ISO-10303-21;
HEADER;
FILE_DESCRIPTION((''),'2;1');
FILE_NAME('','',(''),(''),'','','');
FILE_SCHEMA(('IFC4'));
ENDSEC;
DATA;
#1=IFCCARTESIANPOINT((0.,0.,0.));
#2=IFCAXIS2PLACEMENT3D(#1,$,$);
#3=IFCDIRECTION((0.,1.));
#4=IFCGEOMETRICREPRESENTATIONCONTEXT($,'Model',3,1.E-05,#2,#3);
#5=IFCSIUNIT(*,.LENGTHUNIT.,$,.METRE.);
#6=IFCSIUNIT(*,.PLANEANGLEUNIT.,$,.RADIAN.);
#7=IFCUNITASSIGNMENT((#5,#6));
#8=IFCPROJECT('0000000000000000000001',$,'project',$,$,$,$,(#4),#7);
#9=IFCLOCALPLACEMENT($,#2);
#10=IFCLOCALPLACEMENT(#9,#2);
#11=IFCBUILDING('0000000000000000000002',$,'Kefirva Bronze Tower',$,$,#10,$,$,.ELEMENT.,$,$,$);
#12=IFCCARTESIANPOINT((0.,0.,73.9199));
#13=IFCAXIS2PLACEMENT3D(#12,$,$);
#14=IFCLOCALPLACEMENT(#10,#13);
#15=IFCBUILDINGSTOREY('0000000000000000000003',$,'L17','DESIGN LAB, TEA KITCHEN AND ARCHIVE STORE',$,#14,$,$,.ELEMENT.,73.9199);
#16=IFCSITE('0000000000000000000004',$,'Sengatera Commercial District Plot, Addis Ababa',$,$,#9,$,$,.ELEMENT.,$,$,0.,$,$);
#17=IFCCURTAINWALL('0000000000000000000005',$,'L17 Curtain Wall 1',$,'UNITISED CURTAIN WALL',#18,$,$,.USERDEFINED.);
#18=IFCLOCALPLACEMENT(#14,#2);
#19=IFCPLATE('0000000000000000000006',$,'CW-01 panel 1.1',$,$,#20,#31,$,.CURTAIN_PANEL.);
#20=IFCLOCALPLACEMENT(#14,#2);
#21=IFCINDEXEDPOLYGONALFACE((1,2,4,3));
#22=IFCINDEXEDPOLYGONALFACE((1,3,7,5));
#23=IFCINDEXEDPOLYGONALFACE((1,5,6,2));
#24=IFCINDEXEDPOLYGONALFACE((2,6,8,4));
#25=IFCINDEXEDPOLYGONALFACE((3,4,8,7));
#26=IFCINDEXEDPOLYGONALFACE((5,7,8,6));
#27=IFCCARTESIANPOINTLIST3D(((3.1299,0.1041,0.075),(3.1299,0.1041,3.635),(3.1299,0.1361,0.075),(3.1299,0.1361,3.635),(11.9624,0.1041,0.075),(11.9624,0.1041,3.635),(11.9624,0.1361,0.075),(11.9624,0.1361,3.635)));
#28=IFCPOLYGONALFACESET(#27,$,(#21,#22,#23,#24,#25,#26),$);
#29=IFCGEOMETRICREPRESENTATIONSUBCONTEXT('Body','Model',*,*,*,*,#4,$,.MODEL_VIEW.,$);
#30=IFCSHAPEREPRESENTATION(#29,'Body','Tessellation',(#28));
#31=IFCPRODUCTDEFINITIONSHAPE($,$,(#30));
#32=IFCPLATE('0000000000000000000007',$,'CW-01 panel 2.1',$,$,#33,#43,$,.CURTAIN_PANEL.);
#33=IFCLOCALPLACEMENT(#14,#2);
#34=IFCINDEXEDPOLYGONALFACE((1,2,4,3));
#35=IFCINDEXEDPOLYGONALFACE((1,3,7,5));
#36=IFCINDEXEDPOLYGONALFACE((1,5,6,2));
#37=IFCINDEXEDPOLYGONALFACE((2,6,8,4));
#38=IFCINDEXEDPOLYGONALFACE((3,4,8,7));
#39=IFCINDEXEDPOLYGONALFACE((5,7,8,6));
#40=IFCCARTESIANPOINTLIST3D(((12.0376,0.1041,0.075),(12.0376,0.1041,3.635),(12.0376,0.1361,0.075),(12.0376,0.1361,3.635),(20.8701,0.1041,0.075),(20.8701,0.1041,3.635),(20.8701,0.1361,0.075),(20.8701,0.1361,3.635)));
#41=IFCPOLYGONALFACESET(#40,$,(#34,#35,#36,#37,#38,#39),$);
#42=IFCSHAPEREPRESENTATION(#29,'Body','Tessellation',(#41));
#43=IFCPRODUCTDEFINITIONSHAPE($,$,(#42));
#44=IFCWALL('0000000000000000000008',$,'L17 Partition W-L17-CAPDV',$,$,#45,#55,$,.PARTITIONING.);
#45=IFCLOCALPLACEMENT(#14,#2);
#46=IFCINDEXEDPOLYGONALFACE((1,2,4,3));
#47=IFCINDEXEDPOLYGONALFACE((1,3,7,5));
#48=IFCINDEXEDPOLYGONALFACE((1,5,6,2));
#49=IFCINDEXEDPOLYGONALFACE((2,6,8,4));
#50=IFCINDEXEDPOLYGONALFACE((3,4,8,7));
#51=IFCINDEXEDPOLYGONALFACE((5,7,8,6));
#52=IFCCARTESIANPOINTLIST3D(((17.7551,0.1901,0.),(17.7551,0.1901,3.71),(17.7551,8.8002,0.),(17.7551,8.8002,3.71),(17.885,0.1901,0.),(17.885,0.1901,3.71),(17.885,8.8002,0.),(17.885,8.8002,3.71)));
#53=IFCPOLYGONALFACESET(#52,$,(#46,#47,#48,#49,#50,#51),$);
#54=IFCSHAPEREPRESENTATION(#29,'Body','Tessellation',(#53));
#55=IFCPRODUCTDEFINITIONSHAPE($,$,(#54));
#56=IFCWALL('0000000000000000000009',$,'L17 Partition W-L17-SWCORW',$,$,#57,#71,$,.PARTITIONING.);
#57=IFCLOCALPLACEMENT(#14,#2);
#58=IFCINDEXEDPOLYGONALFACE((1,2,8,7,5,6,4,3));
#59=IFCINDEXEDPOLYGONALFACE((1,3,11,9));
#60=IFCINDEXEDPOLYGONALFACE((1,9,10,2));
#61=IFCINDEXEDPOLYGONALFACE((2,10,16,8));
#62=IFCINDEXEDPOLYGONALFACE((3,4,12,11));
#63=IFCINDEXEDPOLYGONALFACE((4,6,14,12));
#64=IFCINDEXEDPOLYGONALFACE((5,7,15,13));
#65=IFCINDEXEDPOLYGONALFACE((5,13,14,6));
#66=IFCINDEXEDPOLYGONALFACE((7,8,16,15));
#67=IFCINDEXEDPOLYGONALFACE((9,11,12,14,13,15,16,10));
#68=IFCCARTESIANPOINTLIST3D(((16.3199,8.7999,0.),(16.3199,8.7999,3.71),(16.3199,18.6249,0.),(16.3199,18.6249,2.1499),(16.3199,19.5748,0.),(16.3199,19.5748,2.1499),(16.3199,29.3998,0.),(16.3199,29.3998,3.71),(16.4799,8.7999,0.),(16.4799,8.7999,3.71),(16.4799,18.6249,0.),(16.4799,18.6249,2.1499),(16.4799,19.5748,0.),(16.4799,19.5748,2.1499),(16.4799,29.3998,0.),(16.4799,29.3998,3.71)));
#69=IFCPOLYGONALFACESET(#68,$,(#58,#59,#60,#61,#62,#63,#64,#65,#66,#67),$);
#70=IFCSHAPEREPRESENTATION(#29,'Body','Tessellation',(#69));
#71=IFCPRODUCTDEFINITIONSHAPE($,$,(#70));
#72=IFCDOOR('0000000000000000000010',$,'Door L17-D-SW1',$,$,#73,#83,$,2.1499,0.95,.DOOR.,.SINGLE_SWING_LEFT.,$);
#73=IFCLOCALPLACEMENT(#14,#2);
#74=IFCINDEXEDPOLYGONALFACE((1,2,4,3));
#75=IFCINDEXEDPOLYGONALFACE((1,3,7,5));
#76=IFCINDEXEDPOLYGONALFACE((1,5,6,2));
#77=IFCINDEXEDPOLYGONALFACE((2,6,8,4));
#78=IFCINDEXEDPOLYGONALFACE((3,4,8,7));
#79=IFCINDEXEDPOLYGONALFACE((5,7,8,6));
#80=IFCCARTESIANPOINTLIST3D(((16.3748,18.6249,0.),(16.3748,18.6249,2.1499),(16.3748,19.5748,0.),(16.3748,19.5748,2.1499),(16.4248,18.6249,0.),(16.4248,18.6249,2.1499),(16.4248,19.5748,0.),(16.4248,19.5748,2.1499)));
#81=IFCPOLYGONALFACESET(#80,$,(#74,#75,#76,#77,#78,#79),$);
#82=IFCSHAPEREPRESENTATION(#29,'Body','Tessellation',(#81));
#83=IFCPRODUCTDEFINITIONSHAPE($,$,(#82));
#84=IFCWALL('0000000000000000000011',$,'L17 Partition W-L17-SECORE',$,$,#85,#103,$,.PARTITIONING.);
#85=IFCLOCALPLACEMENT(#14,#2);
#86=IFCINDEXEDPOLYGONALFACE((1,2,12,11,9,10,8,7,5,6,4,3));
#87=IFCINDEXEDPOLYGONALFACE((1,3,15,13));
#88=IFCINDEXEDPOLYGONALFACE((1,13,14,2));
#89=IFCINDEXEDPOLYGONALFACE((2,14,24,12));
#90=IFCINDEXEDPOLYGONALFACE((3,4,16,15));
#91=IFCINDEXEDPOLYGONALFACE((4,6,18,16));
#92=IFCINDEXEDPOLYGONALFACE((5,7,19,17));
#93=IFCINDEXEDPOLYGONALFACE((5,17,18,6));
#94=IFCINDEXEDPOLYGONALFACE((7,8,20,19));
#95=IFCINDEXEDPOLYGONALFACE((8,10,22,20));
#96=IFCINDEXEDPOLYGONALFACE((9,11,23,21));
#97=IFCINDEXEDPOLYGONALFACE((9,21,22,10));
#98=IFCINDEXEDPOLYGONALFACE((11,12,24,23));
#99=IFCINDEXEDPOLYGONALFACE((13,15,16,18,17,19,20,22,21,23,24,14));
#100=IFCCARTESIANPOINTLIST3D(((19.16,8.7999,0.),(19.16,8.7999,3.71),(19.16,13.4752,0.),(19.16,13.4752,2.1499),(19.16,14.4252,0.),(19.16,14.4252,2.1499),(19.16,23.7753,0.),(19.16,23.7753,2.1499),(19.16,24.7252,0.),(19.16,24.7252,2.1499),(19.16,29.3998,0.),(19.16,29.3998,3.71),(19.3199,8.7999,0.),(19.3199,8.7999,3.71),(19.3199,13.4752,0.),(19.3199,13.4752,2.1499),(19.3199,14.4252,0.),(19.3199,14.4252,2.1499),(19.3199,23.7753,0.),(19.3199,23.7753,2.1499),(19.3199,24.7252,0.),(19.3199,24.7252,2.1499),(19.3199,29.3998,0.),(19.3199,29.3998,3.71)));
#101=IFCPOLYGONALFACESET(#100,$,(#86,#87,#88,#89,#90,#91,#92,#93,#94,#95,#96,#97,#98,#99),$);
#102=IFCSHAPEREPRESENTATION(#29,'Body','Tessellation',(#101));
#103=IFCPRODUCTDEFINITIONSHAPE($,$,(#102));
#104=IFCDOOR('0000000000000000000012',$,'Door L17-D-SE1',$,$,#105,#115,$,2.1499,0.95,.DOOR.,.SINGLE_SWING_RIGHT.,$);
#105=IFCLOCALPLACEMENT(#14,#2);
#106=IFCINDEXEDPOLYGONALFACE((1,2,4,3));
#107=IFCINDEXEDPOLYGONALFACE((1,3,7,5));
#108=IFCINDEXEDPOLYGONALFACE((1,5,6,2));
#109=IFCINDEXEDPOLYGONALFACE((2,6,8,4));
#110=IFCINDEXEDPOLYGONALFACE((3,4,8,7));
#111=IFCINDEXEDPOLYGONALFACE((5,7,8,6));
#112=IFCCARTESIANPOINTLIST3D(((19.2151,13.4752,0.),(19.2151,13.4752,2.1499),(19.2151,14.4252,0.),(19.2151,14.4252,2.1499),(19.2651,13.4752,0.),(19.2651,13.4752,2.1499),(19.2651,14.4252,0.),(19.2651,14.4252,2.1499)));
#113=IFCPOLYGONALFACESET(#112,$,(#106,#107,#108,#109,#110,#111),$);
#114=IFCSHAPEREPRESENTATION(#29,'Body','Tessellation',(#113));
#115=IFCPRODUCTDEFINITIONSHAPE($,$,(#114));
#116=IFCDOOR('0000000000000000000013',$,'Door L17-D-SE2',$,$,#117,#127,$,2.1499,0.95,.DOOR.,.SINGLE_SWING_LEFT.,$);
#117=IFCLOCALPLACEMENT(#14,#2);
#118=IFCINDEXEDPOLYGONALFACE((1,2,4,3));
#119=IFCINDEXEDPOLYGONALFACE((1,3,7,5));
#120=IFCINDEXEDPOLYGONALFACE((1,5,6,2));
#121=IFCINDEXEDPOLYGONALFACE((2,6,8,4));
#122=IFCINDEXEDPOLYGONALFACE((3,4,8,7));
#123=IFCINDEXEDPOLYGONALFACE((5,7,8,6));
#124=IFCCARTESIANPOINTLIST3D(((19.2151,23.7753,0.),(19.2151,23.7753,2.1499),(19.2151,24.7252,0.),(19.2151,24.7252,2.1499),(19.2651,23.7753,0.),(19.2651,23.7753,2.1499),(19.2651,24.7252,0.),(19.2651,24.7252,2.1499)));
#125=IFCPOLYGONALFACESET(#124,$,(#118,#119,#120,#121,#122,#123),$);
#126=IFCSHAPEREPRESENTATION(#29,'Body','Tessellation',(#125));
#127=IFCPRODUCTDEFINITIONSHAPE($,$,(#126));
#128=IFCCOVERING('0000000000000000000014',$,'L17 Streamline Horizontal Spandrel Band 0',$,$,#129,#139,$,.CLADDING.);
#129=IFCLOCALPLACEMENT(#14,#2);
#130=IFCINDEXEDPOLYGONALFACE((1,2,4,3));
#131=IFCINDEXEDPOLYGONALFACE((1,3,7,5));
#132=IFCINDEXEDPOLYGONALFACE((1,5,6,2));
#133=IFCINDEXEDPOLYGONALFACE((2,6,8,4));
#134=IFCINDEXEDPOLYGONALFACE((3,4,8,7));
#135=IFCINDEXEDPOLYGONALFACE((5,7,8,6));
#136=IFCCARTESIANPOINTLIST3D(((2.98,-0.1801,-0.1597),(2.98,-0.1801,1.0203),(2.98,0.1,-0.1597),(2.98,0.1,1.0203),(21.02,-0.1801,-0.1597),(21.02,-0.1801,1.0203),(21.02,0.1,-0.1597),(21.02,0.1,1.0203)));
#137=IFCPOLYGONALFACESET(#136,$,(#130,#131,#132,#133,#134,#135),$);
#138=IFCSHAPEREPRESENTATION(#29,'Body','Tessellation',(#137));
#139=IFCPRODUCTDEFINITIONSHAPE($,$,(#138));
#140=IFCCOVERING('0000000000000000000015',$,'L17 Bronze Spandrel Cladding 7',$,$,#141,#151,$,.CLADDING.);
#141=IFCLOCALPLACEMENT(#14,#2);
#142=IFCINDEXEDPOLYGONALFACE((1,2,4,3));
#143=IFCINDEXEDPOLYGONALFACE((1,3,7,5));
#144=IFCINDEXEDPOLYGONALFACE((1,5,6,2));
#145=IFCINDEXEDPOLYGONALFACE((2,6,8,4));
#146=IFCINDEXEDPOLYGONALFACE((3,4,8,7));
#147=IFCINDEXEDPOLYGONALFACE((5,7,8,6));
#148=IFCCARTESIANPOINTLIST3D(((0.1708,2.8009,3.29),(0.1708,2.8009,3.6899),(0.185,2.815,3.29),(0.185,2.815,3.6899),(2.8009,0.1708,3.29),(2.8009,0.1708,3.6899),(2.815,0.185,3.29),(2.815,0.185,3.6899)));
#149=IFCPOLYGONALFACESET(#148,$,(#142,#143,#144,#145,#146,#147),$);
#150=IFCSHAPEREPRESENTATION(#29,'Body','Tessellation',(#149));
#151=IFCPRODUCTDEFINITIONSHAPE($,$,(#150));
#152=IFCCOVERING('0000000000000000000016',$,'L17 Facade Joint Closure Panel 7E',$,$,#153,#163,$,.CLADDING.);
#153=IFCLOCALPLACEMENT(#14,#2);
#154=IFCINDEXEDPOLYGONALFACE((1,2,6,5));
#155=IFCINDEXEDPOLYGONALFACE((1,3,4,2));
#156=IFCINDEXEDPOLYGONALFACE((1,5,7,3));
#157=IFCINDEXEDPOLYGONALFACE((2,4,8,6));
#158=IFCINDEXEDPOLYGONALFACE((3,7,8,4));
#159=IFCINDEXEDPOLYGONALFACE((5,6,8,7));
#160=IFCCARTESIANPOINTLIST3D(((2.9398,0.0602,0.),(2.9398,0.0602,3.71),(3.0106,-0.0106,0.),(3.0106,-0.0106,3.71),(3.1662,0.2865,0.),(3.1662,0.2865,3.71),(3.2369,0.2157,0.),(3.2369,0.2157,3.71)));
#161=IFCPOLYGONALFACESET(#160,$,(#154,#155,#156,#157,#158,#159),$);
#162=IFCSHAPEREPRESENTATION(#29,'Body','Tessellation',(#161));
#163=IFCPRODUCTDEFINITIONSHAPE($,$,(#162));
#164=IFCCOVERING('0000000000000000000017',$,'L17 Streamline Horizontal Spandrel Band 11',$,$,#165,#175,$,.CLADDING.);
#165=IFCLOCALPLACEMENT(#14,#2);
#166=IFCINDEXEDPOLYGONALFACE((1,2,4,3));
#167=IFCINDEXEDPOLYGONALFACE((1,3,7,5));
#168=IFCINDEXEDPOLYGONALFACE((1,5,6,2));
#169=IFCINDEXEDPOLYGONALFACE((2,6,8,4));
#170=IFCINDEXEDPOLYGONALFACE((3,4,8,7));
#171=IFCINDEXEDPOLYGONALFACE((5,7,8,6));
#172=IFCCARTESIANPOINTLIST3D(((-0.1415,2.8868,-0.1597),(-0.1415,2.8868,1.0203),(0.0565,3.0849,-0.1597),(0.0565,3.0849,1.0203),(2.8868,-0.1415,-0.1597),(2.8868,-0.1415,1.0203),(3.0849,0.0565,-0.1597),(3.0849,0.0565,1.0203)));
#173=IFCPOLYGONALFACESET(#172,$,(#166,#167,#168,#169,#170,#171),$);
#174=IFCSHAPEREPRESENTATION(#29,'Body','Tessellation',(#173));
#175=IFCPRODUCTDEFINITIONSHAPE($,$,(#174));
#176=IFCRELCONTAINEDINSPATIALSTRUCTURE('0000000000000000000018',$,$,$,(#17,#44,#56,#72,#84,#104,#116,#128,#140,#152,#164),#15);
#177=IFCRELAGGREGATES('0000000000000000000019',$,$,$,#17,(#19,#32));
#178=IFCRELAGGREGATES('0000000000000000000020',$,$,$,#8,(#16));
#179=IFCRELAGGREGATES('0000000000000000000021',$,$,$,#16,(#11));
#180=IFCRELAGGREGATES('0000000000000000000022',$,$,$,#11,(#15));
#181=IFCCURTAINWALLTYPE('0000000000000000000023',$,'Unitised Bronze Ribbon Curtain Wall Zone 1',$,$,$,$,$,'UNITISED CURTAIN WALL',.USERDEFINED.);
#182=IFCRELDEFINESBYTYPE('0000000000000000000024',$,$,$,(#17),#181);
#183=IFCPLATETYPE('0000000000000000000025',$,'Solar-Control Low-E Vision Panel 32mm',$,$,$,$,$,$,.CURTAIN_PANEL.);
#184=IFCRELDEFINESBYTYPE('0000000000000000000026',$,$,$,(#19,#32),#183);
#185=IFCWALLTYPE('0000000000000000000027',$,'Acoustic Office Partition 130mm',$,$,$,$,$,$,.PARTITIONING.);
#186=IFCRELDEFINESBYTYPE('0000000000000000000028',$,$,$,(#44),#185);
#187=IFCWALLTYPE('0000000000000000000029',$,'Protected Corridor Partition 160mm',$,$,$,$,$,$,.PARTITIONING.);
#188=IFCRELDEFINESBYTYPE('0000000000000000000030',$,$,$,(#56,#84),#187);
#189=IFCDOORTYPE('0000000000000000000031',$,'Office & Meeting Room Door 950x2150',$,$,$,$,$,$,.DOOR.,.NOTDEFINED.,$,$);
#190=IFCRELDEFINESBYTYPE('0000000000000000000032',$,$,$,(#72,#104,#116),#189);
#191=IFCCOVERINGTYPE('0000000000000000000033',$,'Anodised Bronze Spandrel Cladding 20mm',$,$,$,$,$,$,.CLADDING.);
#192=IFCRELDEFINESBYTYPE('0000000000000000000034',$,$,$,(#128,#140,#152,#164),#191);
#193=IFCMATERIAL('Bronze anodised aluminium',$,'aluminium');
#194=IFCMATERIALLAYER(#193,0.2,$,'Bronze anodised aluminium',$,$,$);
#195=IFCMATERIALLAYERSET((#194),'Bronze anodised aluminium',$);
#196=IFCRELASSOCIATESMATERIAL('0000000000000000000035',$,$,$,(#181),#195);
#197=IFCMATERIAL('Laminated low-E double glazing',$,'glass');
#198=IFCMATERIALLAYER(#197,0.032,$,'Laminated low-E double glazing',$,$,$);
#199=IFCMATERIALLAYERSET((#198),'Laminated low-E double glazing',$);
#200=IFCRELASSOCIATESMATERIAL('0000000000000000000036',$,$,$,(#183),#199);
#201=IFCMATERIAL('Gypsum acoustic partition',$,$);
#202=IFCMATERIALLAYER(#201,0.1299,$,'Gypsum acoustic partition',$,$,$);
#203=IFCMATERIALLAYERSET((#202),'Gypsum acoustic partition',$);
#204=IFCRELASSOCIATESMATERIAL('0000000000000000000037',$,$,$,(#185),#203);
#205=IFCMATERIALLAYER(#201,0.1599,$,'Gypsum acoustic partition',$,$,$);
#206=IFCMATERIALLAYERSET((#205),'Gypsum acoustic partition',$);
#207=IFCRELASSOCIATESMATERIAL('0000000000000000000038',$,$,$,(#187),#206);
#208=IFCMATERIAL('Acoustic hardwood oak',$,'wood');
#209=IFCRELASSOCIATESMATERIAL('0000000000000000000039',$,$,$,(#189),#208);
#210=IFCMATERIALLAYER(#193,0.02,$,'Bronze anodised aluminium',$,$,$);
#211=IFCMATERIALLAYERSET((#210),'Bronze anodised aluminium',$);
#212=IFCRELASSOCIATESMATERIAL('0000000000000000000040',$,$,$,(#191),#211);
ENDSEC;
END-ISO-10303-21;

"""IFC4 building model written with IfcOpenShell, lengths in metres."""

from ifc_helpers import new_model, si_unit, direction, frame, frame_2d, origin, origin_2d, place, context, subcontext, project, spatial, rectangle, extrude, material, layer, layer_set, type_object, element, fill, aggregate, save


model = new_model("IFC4")

# Units and contexts
model_context = context("Model", 3, precision=1e-05, world=origin(), true_north=direction((0.0, 1.0)))
body_context = subcontext(model_context, "Body", "Model", "MODEL_VIEW")
ifc_project = project(units=[si_unit("LENGTHUNIT", "METRE"), si_unit("PLANEANGLEUNIT", "RADIAN")], contexts=[model_context])

# Site, building, storey
site_placement = place(None, origin())
site = spatial("IfcSite", under=ifc_project, at=site_placement, Name="Sengatera Commercial District Plot, Addis Ababa", CompositionType="ELEMENT", RefElevation=0.0)
building_placement = place(site_placement, origin())
building = spatial("IfcBuilding", under=site, at=building_placement, Name="Kefirva Bronze Tower", CompositionType="ELEMENT")
storey_placement = place(building_placement, frame((0.0, 0.0, 73.9199)))
storey = spatial("IfcBuildingStorey", under=building, at=storey_placement, Name="L17", Description="DESIGN LAB, TEA KITCHEN AND ARCHIVE STORE", CompositionType="ELEMENT", Elevation=73.9199)

# Curtain wall
ifc_material_1 = material(Name="Bronze anodised aluminium", Category="aluminium")
ifc_layer_1 = layer(ifc_material_1, 0.2, Name="Bronze anodised aluminium")
ifc_layer_set_1 = layer_set([ifc_layer_1], Name="Bronze anodised aluminium")
curtain_wall_type = type_object("IfcCurtainWallType", Name="Unitised Bronze Ribbon Curtain Wall Zone 1", ElementType="UNITISED CURTAIN WALL", PredefinedType="USERDEFINED", material=ifc_layer_set_1)
curtain_wall_placement = place(storey_placement, origin())
curtain_wall = element("IfcCurtainWall", 1, at=curtain_wall_placement, inside=storey, type_object=curtain_wall_type, Name="L17 Curtain Wall 1", ObjectType="UNITISED CURTAIN WALL", PredefinedType="USERDEFINED")

# Plates
ifc_material_2 = material(Name="Laminated low-E double glazing", Category="glass")
ifc_layer_2 = layer(ifc_material_2, 0.032, Name="Laminated low-E double glazing")
ifc_layer_set_2 = layer_set([ifc_layer_2], Name="Laminated low-E double glazing")
plate_type = type_object("IfcPlateType", Name="Solar-Control Low-E Vision Panel 32mm", PredefinedType="CURTAIN_PANEL", material=ifc_layer_set_2)
plate_1_placement = place(storey_placement, frame((7.5461, 0.1201, 0.075), z_axis=(0.0, 0.0, 1.0), x_axis=(1.0, 0.0, 0.0)))
plate_1 = element("IfcPlate", 2, at=plate_1_placement, type_object=plate_type, Name="CW-01 panel 1.1", PredefinedType="CURTAIN_PANEL", context=body_context, shape_type="SweptSolid", body=[
    extrude(rectangle(XDim=8.8325, YDim=0.032, at=origin_2d()), origin(), (0.0, 0.0, 1.0), 3.5601),
])
plate_2_placement = place(storey_placement, frame((16.4539, 0.1201, 0.075), z_axis=(0.0, 0.0, 1.0), x_axis=(1.0, 0.0, 0.0)))
plate_2 = element("IfcPlate", 3, at=plate_2_placement, type_object=plate_type, Name="CW-01 panel 2.1", PredefinedType="CURTAIN_PANEL", context=body_context, shape_type="SweptSolid", body=[
    extrude(rectangle(XDim=8.8325, YDim=0.032, at=origin_2d()), origin(), (0.0, 0.0, 1.0), 3.5601),
])
aggregate(curtain_wall, [plate_1, plate_2])

# Wall
ifc_material_3 = material(Name="Gypsum acoustic partition")
ifc_layer_3 = layer(ifc_material_3, 0.1299, Name="Gypsum acoustic partition")
ifc_layer_set_3 = layer_set([ifc_layer_3], Name="Gypsum acoustic partition")
wall_type_1 = type_object("IfcWallType", Name="Acoustic Office Partition 130mm", PredefinedType="PARTITIONING", material=ifc_layer_set_3)
wall_1_placement = place(storey_placement, frame((17.8201, 0.1899, 0.0), z_axis=(0.0, 0.0, 1.0), x_axis=(0.0, 1.0, 0.0)))
element("IfcWall", 4, at=wall_1_placement, inside=storey, type_object=wall_type_1, Name="L17 Partition W-L17-CAPDV", PredefinedType="PARTITIONING", context=body_context, shape_type="SweptSolid", body=[
    extrude(rectangle(XDim=8.6101, YDim=0.1299, at=frame_2d((4.3052, 0.0))), origin(), (0.0, 0.0, 1.0), 3.71),
])

# Wall, opening, door
ifc_layer_4 = layer(ifc_material_3, 0.1599, Name="Gypsum acoustic partition")
ifc_layer_set_4 = layer_set([ifc_layer_4], Name="Gypsum acoustic partition")
wall_type_2 = type_object("IfcWallType", Name="Protected Corridor Partition 160mm", PredefinedType="PARTITIONING", material=ifc_layer_set_4)
wall_2_placement = place(storey_placement, frame((16.3999, 8.8, 0.0), z_axis=(0.0, 0.0, 1.0), x_axis=(0.0, 1.0, 0.0)))
wall_2 = element("IfcWall", 5, at=wall_2_placement, inside=storey, type_object=wall_type_2, Name="L17 Partition W-L17-SWCORW", PredefinedType="PARTITIONING", context=body_context, shape_type="SweptSolid", body=[
    extrude(rectangle(XDim=20.5999, YDim=0.1599, at=frame_2d((10.2998, 0.0))), origin(), (0.0, 0.0, 1.0), 3.71),
])
opening_1_placement = place(wall_2_placement, frame((10.7749, 0.0, 0.0), z_axis=(0.0, 0.0, 1.0), x_axis=(-1.0, 0.0, 0.0)))
opening_1 = element("IfcOpeningElement", 6, at=opening_1_placement, cuts=wall_2, PredefinedType="OPENING", context=body_context, shape_type="SweptSolid", body=[
    extrude(rectangle(XDim=0.95, YDim=2.1499, at=frame_2d((0.4751, 1.075))), frame((0.0, 0.0898, 0.0), z_axis=(0.0, -1.0, 0.0), x_axis=(1.0, 0.0, 0.0)), (0.0, 0.0, 1.0), 0.1799),
])
ifc_material_4 = material(Name="Acoustic hardwood oak", Category="wood")
door_type = type_object("IfcDoorType", Name="Office & Meeting Room Door 950x2150", OperationType="NOTDEFINED", PredefinedType="DOOR", material=ifc_material_4)
door_1_placement = place(opening_1_placement, origin())
door_1 = element("IfcDoor", 7, at=door_1_placement, inside=storey, type_object=door_type, Name="Door L17-D-SW1", OperationType="SINGLE_SWING_LEFT", OverallHeight=2.1499, OverallWidth=0.95, PredefinedType="DOOR", context=body_context, shape_type="SweptSolid", body=[
    extrude(rectangle(XDim=0.95, YDim=2.1499, at=frame_2d((0.4751, 1.075))), frame((0.0, 0.0249, 0.0), z_axis=(0.0, -1.0, 0.0), x_axis=(1.0, 0.0, 0.0)), (0.0, 0.0, 1.0), 0.05),
])
fill(opening_1, door_1)

# Wall, openings, doors
wall_3_placement = place(storey_placement, frame((19.24, 8.8, 0.0), z_axis=(0.0, 0.0, 1.0), x_axis=(0.0, 1.0, 0.0)))
wall_3 = element("IfcWall", 8, at=wall_3_placement, inside=storey, type_object=wall_type_2, Name="L17 Partition W-L17-SECORE", PredefinedType="PARTITIONING", context=body_context, shape_type="SweptSolid", body=[
    extrude(rectangle(XDim=20.5999, YDim=0.1599, at=frame_2d((10.2998, 0.0))), origin(), (0.0, 0.0, 1.0), 3.71),
])
opening_2_placement = place(wall_3_placement, frame((4.675, 0.0, 0.0)))
opening_2 = element("IfcOpeningElement", 9, at=opening_2_placement, cuts=wall_3, PredefinedType="OPENING", context=body_context, shape_type="SweptSolid", body=[
    extrude(rectangle(XDim=0.95, YDim=2.1499, at=frame_2d((0.4751, 1.075))), frame((0.0, 0.0898, 0.0), z_axis=(0.0, -1.0, 0.0), x_axis=(1.0, 0.0, 0.0)), (0.0, 0.0, 1.0), 0.1799),
])
opening_3_placement = place(wall_3_placement, frame((14.9751, 0.0, 0.0)))
opening_3 = element("IfcOpeningElement", 10, at=opening_3_placement, cuts=wall_3, PredefinedType="OPENING", context=body_context, shape_type="SweptSolid", body=[
    extrude(rectangle(XDim=0.95, YDim=2.1499, at=frame_2d((0.4751, 1.075))), frame((0.0, 0.0898, 0.0), z_axis=(0.0, -1.0, 0.0), x_axis=(1.0, 0.0, 0.0)), (0.0, 0.0, 1.0), 0.1799),
])
door_2_placement = place(opening_2_placement, origin())
door_2 = element("IfcDoor", 11, at=door_2_placement, inside=storey, type_object=door_type, Name="Door L17-D-SE1", OperationType="SINGLE_SWING_RIGHT", OverallHeight=2.1499, OverallWidth=0.95, PredefinedType="DOOR", context=body_context, shape_type="SweptSolid", body=[
    extrude(rectangle(XDim=0.95, YDim=2.1499, at=frame_2d((0.4751, 1.075))), frame((0.0, 0.0249, 0.0), z_axis=(0.0, -1.0, 0.0), x_axis=(1.0, 0.0, 0.0)), (0.0, 0.0, 1.0), 0.05),
])
fill(opening_2, door_2)
door_3_placement = place(opening_3_placement, origin())
door_3 = element("IfcDoor", 12, at=door_3_placement, inside=storey, type_object=door_type, Name="Door L17-D-SE2", OperationType="SINGLE_SWING_LEFT", OverallHeight=2.1499, OverallWidth=0.95, PredefinedType="DOOR", context=body_context, shape_type="SweptSolid", body=[
    extrude(rectangle(XDim=0.95, YDim=2.1499, at=frame_2d((0.4751, 1.075))), frame((0.0, 0.0249, 0.0), z_axis=(0.0, -1.0, 0.0), x_axis=(1.0, 0.0, 0.0)), (0.0, 0.0, 1.0), 0.05),
])
fill(opening_3, door_3)

# Coverings
ifc_layer_5 = layer(ifc_material_1, 0.02, Name="Bronze anodised aluminium")
ifc_layer_set_5 = layer_set([ifc_layer_5], Name="Bronze anodised aluminium")
covering_type_1 = type_object("IfcCoveringType", Name="Anodised Bronze Spandrel Cladding 20mm", PredefinedType="CLADDING", material=ifc_layer_set_5)
covering_1_placement = place(storey_placement, frame((12.0, -0.04, -0.1597), z_axis=(0.0, 0.0, 1.0), x_axis=(1.0, 0.0, 0.0)))
element("IfcCovering", 13, at=covering_1_placement, inside=storey, type_object=covering_type_1, Name="L17 Streamline Horizontal Spandrel Band 0", PredefinedType="CLADDING", context=body_context, shape_type="SweptSolid", body=[
    extrude(rectangle(XDim=18.04, YDim=0.28, at=origin_2d()), origin(), (0.0, 0.0, 1.0), 1.1799),
])
covering_2_placement = place(storey_placement, frame((1.4929, 1.4929, 3.29), z_axis=(0.0, 0.0, 1.0), x_axis=(0.707107, -0.707107, 0.0)))
element("IfcCovering", 14, at=covering_2_placement, inside=storey, type_object=covering_type_1, Name="L17 Bronze Spandrel Cladding 7", PredefinedType="CLADDING", context=body_context, shape_type="SweptSolid", body=[
    extrude(rectangle(XDim=3.7195, YDim=0.02, at=origin_2d()), origin(), (0.0, 0.0, 1.0), 0.3999),
])
covering_3_placement = place(storey_placement, frame((3.0884, 0.1379, 0.0), z_axis=(0.0, 0.0, 1.0), x_axis=(0.707107, -0.707107, 0.0)))
element("IfcCovering", 15, at=covering_3_placement, inside=storey, type_object=covering_type_1, Name="L17 Facade Joint Closure Panel 7E", PredefinedType="CLADDING", context=body_context, shape_type="SweptSolid", body=[
    extrude(rectangle(XDim=0.1001, YDim=0.3201, at=origin_2d()), origin(), (0.0, 0.0, 1.0), 3.71),
])
covering_4_placement = place(storey_placement, frame((1.4717, 1.4717, -0.1597), z_axis=(0.0, 0.0, 1.0), x_axis=(0.707107, -0.707107, 0.0)))
element("IfcCovering", 16, at=covering_4_placement, inside=storey, type_object=covering_type_1, Name="L17 Streamline Horizontal Spandrel Band 11", PredefinedType="CLADDING", context=body_context, shape_type="SweptSolid", body=[
    extrude(rectangle(XDim=4.2827, YDim=0.28, at=origin_2d()), origin(), (0.0, 0.0, 1.0), 1.1799),
])

save(model, "model.ifc")
